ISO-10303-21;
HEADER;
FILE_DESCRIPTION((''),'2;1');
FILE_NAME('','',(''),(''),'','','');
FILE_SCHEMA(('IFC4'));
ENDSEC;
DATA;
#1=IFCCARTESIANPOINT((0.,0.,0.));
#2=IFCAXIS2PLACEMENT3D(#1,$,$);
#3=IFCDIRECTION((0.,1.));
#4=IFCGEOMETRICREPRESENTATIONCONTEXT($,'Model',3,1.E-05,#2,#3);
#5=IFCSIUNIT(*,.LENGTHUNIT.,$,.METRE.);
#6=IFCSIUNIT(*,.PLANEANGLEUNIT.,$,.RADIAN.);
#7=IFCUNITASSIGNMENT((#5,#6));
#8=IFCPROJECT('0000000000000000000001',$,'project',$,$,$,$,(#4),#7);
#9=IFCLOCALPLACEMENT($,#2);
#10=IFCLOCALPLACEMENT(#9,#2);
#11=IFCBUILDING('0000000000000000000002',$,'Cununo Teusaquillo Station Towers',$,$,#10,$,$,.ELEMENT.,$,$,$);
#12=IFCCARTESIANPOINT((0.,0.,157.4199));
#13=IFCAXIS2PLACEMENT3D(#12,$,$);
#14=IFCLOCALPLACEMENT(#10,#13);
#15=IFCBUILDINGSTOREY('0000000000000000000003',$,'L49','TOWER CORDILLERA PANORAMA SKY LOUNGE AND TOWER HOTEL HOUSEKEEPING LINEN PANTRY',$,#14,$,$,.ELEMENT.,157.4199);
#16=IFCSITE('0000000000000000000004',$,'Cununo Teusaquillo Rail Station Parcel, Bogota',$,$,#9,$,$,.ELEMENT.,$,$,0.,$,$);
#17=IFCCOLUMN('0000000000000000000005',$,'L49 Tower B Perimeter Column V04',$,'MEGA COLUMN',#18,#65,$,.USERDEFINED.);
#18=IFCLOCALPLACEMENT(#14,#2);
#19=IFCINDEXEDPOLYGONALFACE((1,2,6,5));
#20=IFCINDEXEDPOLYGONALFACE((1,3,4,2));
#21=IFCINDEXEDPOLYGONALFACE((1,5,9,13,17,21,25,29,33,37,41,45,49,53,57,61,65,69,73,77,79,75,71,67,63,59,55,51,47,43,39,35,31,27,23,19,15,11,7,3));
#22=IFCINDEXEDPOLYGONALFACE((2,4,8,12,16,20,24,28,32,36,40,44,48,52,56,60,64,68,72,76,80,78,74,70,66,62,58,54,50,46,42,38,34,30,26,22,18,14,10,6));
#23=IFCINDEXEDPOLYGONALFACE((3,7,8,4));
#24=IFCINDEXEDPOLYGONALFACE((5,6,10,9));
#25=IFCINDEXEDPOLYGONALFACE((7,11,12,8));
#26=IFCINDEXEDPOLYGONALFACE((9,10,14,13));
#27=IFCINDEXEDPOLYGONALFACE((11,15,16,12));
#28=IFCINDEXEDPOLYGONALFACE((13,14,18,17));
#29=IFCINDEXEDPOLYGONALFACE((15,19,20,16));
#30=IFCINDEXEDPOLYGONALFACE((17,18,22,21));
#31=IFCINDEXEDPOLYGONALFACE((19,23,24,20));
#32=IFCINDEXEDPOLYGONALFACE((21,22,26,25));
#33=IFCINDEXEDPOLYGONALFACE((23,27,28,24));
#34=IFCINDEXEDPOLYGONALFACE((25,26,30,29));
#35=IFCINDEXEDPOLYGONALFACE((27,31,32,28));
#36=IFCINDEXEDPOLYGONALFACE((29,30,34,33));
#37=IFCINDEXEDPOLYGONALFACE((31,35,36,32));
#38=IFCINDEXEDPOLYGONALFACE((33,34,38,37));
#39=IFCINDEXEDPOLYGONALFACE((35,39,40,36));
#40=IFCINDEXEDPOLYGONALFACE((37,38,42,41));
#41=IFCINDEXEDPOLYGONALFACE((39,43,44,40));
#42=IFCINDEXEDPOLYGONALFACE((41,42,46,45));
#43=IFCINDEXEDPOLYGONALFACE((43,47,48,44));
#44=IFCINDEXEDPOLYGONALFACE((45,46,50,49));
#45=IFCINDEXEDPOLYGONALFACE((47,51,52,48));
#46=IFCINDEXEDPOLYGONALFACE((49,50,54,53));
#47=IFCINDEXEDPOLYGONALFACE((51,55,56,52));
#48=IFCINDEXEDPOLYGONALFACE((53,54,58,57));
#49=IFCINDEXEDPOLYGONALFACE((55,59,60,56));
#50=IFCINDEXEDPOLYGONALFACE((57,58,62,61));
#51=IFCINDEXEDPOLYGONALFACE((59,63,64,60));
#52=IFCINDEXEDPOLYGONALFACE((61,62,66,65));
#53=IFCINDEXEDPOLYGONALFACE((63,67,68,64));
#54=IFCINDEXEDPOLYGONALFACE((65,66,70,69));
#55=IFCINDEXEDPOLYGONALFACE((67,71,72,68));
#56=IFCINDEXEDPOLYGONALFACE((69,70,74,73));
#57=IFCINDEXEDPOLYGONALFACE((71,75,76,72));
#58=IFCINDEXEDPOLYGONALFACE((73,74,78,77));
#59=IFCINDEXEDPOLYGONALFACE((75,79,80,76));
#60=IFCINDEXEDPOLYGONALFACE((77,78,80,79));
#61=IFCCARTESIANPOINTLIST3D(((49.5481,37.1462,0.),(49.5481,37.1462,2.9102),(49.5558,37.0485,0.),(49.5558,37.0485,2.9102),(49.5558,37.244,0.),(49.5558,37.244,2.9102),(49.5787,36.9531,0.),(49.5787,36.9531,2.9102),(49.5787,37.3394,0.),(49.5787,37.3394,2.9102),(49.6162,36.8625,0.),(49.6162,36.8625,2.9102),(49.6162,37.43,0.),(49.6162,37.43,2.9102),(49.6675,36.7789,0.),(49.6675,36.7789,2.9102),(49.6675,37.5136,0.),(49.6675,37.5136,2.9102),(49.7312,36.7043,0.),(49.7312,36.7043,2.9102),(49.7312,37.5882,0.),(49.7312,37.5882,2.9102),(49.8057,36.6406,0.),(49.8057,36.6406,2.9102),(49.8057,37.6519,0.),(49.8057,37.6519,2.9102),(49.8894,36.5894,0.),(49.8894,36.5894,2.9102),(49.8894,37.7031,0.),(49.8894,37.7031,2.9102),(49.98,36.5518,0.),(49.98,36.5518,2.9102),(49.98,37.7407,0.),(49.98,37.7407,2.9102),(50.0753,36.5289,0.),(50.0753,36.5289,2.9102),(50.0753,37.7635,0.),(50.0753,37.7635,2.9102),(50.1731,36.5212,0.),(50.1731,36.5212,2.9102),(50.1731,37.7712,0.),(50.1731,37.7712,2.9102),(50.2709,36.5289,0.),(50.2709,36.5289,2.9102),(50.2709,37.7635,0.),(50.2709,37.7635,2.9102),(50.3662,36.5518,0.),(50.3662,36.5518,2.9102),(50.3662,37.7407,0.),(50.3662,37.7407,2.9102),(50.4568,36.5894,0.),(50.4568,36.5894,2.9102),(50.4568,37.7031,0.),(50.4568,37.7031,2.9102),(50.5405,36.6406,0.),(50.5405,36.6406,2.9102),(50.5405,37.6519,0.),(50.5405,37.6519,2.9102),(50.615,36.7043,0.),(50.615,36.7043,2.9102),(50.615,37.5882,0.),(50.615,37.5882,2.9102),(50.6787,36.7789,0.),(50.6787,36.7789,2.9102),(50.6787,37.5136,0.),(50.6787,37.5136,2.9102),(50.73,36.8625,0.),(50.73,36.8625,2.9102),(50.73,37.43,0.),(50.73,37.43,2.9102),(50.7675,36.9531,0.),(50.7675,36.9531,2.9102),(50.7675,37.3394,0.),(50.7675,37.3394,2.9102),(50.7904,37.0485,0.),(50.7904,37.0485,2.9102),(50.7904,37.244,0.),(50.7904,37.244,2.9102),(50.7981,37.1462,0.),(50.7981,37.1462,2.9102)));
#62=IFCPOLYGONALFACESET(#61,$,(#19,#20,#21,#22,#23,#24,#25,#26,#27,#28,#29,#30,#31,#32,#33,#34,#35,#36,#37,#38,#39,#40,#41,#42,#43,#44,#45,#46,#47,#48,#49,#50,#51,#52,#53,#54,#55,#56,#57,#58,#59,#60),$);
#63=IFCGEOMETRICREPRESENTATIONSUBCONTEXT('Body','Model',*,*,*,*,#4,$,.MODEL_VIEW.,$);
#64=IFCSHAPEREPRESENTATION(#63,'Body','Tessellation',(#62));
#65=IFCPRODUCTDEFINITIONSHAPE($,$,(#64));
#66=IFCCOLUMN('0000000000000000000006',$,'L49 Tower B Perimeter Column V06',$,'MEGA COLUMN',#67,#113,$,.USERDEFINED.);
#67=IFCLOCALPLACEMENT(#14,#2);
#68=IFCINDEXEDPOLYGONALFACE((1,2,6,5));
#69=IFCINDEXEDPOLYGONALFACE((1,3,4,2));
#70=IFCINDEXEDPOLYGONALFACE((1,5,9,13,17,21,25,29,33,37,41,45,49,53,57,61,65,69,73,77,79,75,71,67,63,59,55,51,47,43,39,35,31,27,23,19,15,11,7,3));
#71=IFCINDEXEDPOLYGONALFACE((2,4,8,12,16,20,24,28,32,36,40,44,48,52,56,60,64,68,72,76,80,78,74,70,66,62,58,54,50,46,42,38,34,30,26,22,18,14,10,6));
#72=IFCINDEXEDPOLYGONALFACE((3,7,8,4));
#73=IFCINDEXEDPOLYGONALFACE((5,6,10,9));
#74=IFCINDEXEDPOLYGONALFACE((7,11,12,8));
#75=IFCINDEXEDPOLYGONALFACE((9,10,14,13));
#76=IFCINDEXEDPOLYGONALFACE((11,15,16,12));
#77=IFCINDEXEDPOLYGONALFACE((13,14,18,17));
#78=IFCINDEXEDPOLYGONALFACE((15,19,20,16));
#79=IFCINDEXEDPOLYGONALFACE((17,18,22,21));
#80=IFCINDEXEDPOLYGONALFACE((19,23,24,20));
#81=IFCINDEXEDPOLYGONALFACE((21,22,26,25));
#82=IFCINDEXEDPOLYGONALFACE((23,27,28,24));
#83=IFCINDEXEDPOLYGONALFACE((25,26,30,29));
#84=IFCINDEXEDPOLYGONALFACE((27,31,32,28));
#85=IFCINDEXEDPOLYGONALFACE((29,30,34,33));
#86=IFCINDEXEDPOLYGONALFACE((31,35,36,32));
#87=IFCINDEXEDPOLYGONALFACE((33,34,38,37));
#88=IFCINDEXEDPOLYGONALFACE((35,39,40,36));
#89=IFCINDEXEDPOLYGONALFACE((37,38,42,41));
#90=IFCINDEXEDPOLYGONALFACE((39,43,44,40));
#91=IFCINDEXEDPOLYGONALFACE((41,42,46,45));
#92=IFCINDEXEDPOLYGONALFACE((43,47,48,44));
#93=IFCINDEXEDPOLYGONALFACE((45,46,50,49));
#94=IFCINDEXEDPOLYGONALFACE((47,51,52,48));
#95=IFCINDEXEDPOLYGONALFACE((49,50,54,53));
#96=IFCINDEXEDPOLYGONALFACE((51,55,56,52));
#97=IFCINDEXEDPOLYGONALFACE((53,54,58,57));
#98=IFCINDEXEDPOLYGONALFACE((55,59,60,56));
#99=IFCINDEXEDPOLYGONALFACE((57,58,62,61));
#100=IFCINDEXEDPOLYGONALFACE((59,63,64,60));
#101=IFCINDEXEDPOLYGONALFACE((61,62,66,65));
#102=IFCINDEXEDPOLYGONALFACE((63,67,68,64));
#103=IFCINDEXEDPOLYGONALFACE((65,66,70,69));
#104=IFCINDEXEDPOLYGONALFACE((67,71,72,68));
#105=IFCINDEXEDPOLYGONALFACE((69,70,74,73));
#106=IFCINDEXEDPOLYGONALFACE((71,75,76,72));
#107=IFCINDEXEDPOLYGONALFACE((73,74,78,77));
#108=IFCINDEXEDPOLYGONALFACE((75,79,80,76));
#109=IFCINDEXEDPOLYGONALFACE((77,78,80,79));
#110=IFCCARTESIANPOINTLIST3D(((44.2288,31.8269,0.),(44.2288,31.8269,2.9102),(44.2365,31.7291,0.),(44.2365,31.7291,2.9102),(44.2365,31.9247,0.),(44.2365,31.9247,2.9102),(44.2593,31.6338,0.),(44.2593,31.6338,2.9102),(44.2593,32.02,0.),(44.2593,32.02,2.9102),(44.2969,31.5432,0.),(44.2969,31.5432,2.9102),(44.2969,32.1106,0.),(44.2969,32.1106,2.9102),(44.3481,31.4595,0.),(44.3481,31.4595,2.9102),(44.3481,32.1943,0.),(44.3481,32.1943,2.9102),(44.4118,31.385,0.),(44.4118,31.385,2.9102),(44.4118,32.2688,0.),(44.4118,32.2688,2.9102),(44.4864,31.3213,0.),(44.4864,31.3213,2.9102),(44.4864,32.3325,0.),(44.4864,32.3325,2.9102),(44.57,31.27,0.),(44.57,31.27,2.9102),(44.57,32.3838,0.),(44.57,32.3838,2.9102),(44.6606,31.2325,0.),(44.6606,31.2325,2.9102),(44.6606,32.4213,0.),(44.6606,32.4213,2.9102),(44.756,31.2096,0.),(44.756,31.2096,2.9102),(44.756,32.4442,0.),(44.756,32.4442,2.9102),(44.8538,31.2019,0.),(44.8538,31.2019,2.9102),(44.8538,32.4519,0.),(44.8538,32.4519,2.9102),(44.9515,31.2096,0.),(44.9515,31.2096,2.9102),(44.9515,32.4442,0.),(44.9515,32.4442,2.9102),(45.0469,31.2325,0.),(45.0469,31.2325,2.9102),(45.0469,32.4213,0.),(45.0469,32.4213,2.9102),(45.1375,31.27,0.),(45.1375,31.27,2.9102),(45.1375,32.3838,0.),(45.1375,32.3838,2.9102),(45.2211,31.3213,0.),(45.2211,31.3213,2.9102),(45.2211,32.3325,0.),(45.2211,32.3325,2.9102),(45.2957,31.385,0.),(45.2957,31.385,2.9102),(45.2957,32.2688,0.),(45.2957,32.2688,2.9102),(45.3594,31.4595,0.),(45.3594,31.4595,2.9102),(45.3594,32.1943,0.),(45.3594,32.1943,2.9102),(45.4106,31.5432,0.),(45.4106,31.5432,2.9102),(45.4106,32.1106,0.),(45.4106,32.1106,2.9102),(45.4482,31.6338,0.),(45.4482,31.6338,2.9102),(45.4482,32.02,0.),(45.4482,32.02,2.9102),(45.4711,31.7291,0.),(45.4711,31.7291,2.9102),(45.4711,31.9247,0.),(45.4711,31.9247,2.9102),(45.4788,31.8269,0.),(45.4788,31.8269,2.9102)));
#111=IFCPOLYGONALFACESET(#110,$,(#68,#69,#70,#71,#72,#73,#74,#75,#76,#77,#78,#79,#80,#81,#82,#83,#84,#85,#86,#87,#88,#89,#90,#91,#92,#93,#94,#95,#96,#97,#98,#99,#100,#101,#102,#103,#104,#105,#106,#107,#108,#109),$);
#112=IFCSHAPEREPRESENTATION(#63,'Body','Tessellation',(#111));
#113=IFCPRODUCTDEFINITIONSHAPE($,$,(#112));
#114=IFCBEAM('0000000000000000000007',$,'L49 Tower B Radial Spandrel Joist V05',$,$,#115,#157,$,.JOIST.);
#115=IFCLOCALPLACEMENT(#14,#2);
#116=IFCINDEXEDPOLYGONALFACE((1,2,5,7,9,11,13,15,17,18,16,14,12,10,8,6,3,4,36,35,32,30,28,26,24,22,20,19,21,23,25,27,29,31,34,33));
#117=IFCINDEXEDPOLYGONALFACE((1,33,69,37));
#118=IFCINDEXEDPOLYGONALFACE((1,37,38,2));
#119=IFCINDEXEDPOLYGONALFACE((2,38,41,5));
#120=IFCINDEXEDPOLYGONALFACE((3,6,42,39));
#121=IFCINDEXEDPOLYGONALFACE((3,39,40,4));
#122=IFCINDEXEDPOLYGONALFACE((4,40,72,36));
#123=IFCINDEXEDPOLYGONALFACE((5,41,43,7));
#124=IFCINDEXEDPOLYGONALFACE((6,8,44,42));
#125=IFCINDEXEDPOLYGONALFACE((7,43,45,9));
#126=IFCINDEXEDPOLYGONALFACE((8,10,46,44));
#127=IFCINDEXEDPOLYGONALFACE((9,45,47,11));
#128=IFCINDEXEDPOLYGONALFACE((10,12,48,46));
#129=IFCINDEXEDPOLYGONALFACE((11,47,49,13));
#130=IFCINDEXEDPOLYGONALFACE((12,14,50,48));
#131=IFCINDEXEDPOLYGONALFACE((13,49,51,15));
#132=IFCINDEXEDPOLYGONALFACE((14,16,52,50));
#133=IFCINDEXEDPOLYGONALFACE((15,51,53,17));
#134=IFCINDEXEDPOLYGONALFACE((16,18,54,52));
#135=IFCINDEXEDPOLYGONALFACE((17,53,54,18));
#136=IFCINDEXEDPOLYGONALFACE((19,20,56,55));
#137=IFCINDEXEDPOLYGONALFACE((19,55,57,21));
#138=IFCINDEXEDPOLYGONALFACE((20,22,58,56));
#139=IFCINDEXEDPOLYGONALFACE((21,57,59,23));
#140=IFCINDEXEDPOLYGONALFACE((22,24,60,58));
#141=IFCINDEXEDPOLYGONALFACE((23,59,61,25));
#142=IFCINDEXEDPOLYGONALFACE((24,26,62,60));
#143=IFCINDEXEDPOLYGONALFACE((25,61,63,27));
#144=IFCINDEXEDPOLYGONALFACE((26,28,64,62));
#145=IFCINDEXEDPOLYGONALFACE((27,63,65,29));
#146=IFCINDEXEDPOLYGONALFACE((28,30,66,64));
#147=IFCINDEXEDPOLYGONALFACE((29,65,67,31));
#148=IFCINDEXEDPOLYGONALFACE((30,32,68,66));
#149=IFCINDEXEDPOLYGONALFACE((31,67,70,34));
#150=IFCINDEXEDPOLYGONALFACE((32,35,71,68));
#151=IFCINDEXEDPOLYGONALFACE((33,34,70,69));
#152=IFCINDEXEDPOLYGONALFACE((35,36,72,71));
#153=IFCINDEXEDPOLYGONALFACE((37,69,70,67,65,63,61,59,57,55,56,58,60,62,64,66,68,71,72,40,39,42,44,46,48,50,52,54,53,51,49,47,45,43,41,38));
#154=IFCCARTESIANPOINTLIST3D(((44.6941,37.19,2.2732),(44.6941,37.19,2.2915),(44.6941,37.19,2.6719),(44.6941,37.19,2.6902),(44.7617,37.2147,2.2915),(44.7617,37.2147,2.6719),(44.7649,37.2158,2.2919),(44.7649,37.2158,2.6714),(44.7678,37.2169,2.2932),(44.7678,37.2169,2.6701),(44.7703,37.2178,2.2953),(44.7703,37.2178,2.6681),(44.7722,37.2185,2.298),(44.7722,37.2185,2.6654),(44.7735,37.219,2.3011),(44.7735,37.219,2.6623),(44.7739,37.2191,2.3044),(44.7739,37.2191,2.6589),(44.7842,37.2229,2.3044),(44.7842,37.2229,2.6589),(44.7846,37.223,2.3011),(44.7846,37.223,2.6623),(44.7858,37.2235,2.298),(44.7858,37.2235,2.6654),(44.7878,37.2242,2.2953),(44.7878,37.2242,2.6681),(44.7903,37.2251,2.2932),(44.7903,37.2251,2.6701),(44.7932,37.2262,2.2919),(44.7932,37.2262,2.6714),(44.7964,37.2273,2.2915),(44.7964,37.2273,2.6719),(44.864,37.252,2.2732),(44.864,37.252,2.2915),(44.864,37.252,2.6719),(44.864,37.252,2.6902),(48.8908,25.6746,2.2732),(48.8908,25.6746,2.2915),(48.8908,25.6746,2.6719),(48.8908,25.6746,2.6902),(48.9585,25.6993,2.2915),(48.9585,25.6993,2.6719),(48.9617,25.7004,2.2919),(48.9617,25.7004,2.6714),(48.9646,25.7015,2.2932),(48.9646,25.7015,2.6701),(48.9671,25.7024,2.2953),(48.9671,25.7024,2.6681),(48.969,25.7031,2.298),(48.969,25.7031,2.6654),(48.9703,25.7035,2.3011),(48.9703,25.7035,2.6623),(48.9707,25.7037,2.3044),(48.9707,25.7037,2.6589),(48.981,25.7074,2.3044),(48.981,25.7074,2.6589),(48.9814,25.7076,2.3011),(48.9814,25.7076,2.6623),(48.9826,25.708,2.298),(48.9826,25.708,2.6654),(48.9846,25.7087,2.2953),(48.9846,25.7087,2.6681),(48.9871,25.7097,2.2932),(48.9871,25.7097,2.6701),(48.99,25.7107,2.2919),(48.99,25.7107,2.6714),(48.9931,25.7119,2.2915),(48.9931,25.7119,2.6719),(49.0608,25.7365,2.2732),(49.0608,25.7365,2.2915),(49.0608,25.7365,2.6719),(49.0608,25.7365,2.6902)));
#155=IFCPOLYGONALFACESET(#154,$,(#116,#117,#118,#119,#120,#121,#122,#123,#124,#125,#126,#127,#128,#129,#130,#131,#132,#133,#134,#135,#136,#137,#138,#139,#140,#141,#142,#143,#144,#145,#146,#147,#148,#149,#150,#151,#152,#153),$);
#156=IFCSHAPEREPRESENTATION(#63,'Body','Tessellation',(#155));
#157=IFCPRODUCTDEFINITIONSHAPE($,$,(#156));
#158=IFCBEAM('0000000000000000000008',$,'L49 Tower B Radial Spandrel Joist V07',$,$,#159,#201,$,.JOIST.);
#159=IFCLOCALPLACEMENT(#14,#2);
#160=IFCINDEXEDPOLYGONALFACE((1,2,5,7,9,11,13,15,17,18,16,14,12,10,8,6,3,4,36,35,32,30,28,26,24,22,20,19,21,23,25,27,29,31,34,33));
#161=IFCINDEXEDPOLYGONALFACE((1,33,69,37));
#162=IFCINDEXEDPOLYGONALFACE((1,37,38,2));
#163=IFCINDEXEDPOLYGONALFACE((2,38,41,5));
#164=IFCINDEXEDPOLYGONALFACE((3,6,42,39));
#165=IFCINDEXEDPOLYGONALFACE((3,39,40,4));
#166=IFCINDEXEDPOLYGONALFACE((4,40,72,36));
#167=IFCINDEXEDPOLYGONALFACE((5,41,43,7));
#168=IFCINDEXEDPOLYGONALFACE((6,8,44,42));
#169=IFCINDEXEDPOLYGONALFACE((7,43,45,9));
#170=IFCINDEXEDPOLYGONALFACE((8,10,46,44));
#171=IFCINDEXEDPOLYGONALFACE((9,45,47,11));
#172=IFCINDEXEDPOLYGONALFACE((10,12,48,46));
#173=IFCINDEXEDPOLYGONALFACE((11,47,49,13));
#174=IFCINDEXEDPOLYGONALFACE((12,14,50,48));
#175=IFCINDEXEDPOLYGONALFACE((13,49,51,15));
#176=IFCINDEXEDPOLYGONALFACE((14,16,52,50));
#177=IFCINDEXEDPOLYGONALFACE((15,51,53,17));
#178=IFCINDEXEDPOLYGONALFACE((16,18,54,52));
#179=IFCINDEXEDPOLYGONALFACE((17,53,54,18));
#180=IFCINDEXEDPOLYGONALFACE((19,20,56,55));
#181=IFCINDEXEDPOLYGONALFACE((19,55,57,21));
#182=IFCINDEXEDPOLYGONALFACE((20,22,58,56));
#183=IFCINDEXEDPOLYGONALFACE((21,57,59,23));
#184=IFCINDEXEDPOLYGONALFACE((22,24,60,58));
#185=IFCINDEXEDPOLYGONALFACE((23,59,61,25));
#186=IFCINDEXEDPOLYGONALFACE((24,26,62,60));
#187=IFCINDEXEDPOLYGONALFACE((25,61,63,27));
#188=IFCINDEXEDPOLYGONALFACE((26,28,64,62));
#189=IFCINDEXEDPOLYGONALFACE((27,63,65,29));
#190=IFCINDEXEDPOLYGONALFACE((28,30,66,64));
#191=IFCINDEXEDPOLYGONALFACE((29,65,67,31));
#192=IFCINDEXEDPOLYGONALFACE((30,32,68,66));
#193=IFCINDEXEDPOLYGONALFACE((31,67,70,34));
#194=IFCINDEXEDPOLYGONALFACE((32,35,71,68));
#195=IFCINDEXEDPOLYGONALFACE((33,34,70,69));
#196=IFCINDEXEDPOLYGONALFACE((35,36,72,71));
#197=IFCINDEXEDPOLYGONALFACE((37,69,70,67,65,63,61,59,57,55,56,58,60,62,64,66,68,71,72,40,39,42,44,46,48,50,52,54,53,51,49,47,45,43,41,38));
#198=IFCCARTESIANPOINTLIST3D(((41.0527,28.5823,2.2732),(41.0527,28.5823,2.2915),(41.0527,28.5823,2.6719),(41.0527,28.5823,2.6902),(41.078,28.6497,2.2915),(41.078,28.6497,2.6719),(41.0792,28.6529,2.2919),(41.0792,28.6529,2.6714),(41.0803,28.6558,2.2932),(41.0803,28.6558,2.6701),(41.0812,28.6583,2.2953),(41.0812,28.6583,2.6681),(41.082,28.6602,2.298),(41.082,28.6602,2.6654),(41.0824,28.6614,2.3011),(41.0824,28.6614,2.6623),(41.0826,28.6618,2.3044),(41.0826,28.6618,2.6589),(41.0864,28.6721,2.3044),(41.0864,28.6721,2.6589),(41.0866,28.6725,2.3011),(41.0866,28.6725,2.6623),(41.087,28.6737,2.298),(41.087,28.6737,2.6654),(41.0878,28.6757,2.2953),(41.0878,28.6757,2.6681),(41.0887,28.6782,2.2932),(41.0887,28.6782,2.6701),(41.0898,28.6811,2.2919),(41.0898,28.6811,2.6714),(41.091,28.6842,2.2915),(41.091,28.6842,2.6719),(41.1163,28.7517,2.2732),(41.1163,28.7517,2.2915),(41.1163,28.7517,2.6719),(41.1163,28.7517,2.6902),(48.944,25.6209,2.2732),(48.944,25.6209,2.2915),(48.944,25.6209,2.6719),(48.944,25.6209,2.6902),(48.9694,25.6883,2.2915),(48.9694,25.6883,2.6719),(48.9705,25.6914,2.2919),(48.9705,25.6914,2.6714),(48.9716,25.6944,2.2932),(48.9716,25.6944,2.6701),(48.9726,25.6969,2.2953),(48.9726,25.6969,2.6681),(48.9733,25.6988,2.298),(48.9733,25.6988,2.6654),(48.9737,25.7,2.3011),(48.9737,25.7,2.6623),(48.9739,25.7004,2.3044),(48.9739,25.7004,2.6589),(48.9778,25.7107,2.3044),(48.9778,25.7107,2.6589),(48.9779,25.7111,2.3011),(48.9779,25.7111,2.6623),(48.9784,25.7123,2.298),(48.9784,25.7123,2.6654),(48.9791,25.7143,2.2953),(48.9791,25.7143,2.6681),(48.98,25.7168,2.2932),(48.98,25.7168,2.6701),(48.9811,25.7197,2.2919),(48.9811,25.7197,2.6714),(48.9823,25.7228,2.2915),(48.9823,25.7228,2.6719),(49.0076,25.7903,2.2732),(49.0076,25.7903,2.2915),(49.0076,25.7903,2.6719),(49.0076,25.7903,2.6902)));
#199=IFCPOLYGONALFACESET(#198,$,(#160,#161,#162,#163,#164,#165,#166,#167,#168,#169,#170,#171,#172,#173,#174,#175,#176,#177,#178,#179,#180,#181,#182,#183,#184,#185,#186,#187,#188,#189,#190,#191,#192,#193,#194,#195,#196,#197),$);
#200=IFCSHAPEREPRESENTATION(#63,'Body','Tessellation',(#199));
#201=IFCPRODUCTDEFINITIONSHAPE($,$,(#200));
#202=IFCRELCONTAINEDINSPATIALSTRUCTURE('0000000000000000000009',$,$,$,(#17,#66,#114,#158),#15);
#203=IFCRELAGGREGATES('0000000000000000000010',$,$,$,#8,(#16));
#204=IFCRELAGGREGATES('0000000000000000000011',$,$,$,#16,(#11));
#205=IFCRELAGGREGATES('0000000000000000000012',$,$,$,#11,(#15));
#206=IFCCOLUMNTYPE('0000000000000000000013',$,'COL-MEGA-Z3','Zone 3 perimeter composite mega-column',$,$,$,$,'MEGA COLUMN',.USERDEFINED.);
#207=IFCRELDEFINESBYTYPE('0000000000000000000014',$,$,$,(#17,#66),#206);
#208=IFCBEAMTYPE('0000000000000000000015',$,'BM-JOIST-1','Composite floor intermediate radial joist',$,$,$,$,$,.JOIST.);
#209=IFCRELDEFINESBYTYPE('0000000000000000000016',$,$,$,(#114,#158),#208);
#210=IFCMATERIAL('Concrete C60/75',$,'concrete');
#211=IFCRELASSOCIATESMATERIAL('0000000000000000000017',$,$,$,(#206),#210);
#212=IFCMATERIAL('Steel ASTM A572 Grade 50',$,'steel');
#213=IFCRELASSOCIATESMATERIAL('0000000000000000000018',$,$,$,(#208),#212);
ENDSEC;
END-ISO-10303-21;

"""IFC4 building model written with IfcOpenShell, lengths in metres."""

from ifc_helpers import new_model, si_unit, direction, frame, origin, origin_2d, place, context, subcontext, project, spatial, circle, i_section, extrude, material, material_profile, profile_set, type_object, element, save


model = new_model("IFC4")

# Units and contexts
model_context = context("Model", 3, precision=1e-05, world=origin(), true_north=direction((0.0, 1.0)))
body_context = subcontext(model_context, "Body", "Model", "MODEL_VIEW")
ifc_project = project(units=[si_unit("LENGTHUNIT", "METRE"), si_unit("PLANEANGLEUNIT", "RADIAN")], contexts=[model_context])

# Site, building, storey
site_placement = place(None, origin())
site = spatial("IfcSite", under=ifc_project, at=site_placement, Name="Cununo Teusaquillo Rail Station Parcel, Bogota", CompositionType="ELEMENT", RefElevation=0.0)
building_placement = place(site_placement, origin())
building = spatial("IfcBuilding", under=site, at=building_placement, Name="Cununo Teusaquillo Station Towers", CompositionType="ELEMENT")
storey_placement = place(building_placement, frame((0.0, 0.0, 157.4199)))
storey = spatial("IfcBuildingStorey", under=building, at=storey_placement, Name="L49", Description="TOWER CORDILLERA PANORAMA SKY LOUNGE AND TOWER HOTEL HOUSEKEEPING LINEN PANTRY", CompositionType="ELEMENT", Elevation=157.4199)

# Columns
ifc_material_1 = material(Name="Concrete C60/75", Category="concrete")
ifc_material_profile_1 = material_profile(ifc_material_1, circle(Radius=0.625, at=origin_2d()), Name="RC-CIRC-1250")
ifc_profile_set_1 = profile_set([ifc_material_profile_1], Name="Concrete C60/75")
column_type = type_object("IfcColumnType", Name="COL-MEGA-Z3", Description="Zone 3 perimeter composite mega-column", ElementType="MEGA COLUMN", PredefinedType="USERDEFINED", material=ifc_profile_set_1)
for number, where, z_axis, x_axis, name in (
    (1, (50.1731, 37.1462, 0.0), (0.0, 0.0, 1.0), (1.0, 0.0, 0.0), "L49 Tower B Perimeter Column V04"),
    (2, (44.8538, 31.8269, 0.0), (0.0, 0.0, 1.0), (1.0, 0.0, 0.0), "L49 Tower B Perimeter Column V06"),
):
    element("IfcColumn", number, at=place(storey_placement, frame(where, z_axis=z_axis, x_axis=x_axis)), inside=storey, type_object=column_type, Name=name, ObjectType="MEGA COLUMN", PredefinedType="USERDEFINED", context=body_context, shape_type="SweptSolid", body=[
        extrude(circle(Radius=0.625, at=origin_2d()), origin(), (0.0, 0.0, 1.0), 2.9102),
    ])

# Beams
ifc_material_2 = material(Name="Steel ASTM A572 Grade 50", Category="steel")
ifc_material_profile_2 = material_profile(ifc_material_2, i_section(OverallWidth=0.1809, OverallDepth=0.417, WebThickness=0.011, FlangeThickness=0.0183, FilletRadius=0.0129, at=origin_2d()), Name="W16X57")
ifc_profile_set_2 = profile_set([ifc_material_profile_2], Name="Steel ASTM A572 Grade 50")
beam_type_1 = type_object("IfcBeamType", Name="BM-JOIST-1", Description="Composite floor intermediate radial joist", PredefinedType="JOIST", material=ifc_profile_set_2)
beam_1_placement = place(storey_placement, frame((48.9758, 25.7056, 2.4817), z_axis=(-0.342418, 0.939548, 0.0), x_axis=(-0.939548, -0.342418, 0.0)))
element("IfcBeam", 3, at=beam_1_placement, inside=storey, type_object=beam_type_1, Name="L49 Tower B Radial Spandrel Joist V05", PredefinedType="JOIST", context=body_context, shape_type="SweptSolid", body=[
    extrude(i_section(OverallWidth=0.1809, OverallDepth=0.417, WebThickness=0.011, FlangeThickness=0.0183, FilletRadius=0.0129, at=origin_2d()), origin(), (0.0, 0.0, 1.0), 12.2563),
])
beam_2_placement = place(storey_placement, frame((48.9758, 25.7056, 2.4817), z_axis=(-0.936245, 0.351349, 0.0), x_axis=(-0.351349, -0.936245, 0.0)))
element("IfcBeam", 4, at=beam_2_placement, inside=storey, type_object=beam_type_1, Name="L49 Tower B Radial Spandrel Joist V07", PredefinedType="JOIST", context=body_context, shape_type="SweptSolid", body=[
    extrude(i_section(OverallWidth=0.1809, OverallDepth=0.417, WebThickness=0.011, FlangeThickness=0.0183, FilletRadius=0.0129, at=origin_2d()), origin(), (0.0, 0.0, 1.0), 8.4287),
])

save(model, "model.ifc")
